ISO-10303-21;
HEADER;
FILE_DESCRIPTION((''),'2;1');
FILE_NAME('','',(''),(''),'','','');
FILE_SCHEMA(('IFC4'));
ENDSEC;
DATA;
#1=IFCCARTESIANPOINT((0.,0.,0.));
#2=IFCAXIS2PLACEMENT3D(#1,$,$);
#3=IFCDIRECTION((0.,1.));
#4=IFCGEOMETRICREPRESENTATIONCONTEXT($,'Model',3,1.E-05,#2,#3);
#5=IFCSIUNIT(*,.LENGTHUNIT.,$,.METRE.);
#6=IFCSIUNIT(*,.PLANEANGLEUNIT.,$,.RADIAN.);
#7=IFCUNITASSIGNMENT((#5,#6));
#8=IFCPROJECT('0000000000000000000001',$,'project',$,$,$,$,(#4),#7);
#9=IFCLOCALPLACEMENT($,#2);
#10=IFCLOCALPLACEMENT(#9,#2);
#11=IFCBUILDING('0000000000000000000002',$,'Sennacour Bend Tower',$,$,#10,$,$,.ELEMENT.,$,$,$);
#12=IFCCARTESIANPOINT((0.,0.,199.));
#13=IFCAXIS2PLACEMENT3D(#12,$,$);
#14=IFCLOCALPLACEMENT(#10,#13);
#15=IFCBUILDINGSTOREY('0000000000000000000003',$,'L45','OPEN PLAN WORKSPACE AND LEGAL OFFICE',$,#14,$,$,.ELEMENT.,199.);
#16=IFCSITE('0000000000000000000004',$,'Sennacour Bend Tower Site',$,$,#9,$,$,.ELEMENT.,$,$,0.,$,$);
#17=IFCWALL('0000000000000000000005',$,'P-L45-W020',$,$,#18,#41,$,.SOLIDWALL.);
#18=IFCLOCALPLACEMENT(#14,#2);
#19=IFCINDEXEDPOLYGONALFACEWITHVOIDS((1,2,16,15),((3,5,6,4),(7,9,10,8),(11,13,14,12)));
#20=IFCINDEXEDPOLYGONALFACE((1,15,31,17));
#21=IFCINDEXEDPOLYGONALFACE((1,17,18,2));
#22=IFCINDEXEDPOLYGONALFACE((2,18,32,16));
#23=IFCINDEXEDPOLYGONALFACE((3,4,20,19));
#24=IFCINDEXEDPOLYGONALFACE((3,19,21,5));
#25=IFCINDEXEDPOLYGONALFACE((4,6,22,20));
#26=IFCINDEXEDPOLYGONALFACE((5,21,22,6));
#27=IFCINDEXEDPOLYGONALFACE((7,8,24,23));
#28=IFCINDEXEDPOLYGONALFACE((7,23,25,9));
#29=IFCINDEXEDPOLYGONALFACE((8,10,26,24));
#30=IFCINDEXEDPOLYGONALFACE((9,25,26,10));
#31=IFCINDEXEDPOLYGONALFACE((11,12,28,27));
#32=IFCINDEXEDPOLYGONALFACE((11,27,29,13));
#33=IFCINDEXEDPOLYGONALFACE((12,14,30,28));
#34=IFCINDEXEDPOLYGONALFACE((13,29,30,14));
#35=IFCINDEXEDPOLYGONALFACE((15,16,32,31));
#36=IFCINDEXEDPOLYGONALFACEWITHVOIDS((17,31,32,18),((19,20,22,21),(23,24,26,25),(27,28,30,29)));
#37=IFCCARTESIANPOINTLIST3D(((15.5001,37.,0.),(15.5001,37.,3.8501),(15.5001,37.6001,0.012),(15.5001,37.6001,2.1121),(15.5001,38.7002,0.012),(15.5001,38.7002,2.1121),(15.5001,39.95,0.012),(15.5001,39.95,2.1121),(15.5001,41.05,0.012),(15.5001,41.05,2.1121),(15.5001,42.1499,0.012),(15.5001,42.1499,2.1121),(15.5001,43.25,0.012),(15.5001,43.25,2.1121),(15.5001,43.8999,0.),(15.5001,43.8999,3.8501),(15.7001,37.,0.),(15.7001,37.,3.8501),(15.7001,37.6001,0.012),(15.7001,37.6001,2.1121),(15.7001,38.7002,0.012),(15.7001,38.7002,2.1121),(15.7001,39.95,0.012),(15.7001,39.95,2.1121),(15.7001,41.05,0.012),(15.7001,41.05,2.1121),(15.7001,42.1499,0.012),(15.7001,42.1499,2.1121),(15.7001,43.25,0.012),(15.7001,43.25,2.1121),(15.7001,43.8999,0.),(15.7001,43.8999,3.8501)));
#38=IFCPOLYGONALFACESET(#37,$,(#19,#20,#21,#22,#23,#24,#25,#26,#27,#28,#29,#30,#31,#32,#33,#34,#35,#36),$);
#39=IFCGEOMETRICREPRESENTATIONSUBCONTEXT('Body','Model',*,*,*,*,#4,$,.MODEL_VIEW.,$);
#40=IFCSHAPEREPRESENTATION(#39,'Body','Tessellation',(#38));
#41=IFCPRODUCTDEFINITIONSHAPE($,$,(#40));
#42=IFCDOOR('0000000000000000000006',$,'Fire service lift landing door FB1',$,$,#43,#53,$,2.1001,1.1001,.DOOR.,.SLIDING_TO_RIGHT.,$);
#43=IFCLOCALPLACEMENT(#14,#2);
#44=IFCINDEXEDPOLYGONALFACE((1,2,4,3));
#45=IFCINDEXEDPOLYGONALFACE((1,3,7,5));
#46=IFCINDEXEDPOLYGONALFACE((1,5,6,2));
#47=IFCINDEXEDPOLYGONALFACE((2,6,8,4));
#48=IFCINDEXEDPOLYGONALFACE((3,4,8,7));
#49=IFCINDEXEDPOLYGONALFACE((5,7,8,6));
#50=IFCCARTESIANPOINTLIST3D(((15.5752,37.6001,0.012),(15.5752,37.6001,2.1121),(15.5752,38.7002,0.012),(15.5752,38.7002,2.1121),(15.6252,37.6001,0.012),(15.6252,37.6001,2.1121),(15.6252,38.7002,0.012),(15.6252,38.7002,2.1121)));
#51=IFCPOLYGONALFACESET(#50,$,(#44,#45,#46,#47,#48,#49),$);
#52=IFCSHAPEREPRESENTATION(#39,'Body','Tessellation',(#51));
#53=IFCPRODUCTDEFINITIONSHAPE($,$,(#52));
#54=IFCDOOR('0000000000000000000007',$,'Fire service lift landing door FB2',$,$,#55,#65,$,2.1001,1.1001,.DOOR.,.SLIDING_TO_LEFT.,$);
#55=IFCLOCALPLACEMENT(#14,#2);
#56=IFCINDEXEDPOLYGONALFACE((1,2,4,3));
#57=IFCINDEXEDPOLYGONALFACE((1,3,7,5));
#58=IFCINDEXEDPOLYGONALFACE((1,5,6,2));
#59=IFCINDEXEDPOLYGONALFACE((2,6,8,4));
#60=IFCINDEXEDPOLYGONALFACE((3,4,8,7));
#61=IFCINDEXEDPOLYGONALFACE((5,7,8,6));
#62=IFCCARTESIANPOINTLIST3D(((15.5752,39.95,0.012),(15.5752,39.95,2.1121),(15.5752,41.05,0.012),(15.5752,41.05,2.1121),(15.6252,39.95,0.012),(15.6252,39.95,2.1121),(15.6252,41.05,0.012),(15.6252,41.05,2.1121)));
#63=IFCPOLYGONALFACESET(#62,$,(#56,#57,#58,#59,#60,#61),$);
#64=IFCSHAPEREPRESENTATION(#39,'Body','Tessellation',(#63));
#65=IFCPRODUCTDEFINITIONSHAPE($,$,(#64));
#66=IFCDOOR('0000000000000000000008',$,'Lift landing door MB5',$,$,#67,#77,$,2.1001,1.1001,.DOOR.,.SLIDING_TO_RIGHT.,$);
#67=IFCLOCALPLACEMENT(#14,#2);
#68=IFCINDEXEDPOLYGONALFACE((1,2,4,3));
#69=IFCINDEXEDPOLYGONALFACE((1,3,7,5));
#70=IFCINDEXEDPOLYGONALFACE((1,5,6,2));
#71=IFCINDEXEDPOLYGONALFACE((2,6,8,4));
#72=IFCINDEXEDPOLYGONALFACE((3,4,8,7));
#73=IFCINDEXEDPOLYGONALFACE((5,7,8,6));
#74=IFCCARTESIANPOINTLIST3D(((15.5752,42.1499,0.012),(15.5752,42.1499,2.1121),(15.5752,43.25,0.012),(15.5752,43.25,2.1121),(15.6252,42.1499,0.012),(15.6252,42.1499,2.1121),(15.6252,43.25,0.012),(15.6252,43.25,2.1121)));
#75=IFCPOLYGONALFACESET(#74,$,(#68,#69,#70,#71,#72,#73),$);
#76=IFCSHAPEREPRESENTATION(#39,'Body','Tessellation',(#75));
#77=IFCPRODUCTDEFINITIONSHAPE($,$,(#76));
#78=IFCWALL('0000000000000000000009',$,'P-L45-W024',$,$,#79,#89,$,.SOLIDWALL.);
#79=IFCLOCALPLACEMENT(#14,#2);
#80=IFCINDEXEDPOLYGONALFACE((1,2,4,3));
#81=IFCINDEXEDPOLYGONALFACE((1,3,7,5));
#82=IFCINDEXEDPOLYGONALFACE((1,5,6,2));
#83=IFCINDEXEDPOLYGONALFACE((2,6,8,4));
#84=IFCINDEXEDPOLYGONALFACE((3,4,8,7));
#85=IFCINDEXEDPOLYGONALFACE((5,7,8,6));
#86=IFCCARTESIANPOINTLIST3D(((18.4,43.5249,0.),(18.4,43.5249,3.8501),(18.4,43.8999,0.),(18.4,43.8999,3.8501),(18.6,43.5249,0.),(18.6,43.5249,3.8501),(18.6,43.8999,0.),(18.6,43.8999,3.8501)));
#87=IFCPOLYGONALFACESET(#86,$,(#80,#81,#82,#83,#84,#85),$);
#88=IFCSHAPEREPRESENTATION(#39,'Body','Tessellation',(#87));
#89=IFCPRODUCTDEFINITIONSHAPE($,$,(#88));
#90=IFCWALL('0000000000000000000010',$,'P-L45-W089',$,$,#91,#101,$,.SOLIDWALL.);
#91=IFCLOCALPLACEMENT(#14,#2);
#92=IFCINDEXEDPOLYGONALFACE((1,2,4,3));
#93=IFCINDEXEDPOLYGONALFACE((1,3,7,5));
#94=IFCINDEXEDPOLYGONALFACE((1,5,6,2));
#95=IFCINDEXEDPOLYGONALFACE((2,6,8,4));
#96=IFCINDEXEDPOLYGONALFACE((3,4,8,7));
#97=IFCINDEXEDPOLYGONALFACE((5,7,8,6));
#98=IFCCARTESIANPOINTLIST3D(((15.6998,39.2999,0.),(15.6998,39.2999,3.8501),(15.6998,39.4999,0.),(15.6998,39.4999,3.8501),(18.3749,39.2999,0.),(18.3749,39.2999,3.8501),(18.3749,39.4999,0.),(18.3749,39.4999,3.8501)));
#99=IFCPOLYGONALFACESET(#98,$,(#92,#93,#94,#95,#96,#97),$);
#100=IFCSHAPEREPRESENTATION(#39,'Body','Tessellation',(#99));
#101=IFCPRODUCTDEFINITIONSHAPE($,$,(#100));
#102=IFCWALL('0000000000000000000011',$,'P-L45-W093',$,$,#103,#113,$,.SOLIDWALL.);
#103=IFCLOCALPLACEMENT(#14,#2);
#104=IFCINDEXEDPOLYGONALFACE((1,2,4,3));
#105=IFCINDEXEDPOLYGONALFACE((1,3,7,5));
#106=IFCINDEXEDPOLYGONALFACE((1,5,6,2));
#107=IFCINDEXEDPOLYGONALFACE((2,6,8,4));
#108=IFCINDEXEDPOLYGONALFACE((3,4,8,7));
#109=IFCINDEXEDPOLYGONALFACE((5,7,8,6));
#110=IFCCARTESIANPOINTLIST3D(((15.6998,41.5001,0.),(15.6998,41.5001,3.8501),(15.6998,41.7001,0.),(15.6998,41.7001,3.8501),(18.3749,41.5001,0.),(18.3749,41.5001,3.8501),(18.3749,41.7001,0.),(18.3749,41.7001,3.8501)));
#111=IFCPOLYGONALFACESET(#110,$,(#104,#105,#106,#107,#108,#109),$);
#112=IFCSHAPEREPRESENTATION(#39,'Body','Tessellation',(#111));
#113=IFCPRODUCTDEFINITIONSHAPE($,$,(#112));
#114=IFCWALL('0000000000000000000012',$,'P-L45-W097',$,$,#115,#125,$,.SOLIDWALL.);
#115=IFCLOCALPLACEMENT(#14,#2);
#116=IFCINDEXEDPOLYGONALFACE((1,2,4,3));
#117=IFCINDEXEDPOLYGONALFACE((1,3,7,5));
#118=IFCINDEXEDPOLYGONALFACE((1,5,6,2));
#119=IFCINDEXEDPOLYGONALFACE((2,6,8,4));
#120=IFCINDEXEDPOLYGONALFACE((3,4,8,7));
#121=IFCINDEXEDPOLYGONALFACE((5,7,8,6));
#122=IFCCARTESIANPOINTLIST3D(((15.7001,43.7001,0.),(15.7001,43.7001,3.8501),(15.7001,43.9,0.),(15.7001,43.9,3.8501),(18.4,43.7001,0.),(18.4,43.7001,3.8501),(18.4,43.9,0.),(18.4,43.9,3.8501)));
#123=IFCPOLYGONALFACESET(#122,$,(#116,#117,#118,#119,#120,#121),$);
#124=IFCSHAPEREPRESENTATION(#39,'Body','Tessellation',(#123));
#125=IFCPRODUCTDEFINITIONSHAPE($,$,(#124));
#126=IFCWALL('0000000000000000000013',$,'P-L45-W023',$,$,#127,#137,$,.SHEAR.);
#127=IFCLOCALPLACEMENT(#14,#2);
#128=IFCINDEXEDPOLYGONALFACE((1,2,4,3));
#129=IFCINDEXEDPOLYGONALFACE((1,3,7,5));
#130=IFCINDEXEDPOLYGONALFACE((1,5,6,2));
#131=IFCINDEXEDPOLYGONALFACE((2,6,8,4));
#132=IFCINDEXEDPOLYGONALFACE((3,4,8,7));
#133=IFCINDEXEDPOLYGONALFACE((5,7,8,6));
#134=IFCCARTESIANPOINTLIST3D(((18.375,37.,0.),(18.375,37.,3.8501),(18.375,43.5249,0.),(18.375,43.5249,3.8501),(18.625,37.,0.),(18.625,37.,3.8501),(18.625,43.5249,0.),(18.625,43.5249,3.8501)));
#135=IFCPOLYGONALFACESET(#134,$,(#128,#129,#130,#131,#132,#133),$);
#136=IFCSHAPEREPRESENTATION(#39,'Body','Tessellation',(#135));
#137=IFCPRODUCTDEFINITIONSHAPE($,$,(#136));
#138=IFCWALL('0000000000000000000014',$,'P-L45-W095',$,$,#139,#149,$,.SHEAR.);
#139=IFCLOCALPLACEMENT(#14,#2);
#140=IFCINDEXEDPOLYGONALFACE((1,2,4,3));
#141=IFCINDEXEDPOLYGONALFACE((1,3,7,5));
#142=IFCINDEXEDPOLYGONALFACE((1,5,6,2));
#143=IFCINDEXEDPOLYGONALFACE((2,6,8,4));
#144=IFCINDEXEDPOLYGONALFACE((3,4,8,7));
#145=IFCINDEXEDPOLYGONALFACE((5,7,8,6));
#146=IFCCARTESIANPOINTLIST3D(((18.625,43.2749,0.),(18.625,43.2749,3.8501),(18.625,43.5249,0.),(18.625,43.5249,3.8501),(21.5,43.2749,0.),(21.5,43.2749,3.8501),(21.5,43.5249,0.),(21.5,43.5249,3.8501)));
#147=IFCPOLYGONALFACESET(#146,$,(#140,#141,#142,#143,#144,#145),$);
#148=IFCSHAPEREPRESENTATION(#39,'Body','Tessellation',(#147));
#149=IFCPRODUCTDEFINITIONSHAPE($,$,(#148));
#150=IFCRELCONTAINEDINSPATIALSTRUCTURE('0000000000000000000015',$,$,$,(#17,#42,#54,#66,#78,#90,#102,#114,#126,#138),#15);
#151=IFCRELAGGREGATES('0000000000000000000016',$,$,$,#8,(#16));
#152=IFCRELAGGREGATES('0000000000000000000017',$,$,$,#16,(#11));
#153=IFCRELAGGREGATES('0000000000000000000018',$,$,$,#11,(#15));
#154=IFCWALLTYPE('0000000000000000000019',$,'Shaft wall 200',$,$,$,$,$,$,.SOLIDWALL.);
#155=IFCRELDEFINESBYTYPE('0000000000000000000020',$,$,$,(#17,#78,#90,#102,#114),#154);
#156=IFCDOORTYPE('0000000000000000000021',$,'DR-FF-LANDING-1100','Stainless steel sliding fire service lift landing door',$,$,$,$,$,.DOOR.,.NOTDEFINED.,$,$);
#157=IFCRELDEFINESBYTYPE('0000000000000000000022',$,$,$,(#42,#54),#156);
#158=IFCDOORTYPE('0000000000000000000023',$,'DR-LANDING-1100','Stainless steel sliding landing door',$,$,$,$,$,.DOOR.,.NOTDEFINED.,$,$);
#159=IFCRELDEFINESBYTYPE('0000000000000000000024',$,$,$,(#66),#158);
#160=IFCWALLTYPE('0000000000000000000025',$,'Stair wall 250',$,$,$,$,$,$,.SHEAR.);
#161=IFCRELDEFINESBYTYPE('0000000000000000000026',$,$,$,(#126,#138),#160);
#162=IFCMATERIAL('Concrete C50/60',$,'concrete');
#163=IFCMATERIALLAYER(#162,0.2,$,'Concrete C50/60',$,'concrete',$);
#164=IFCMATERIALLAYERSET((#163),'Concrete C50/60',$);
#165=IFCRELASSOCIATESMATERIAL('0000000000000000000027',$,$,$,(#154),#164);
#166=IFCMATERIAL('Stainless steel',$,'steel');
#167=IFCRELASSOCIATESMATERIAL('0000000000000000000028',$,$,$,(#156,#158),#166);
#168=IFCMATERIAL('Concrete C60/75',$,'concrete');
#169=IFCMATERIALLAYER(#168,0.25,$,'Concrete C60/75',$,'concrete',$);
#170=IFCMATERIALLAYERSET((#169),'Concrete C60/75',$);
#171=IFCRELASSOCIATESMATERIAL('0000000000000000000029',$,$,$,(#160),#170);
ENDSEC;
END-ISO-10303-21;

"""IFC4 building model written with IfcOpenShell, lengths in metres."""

from ifc_helpers import new_model, si_unit, direction, frame, frame_2d, origin, place, context, subcontext, project, spatial, rectangle, extrude, material, layer, layer_set, type_object, element, fill, save


model = new_model("IFC4")

# Units and contexts
model_context = context("Model", 3, precision=1e-05, world=origin(), true_north=direction((0.0, 1.0)))
body_context = subcontext(model_context, "Body", "Model", "MODEL_VIEW")
ifc_project = project(units=[si_unit("LENGTHUNIT", "METRE"), si_unit("PLANEANGLEUNIT", "RADIAN")], contexts=[model_context])

# Site, building, storey
site_placement = place(None, origin())
site = spatial("IfcSite", under=ifc_project, at=site_placement, Name="Sennacour Bend Tower Site", CompositionType="ELEMENT", RefElevation=0.0)
building_placement = place(site_placement, origin())
building = spatial("IfcBuilding", under=site, at=building_placement, Name="Sennacour Bend Tower", CompositionType="ELEMENT")
storey_placement = place(building_placement, frame((0.0, 0.0, 199.0)))
storey = spatial("IfcBuildingStorey", under=building, at=storey_placement, Name="L45", Description="OPEN PLAN WORKSPACE AND LEGAL OFFICE", CompositionType="ELEMENT", Elevation=199.0)

# Shared definitions
ifc_material_1 = material(Name="Concrete C60/75", Category="concrete")

# Wall, openings, doors
ifc_material_2 = material(Name="Concrete C50/60", Category="concrete")
ifc_layer_1 = layer(ifc_material_2, 0.2, Name="Concrete C50/60", Category="concrete")
ifc_layer_set_1 = layer_set([ifc_layer_1], Name="Concrete C50/60")
wall_type_1 = type_object("IfcWallType", Name="Shaft wall 200", PredefinedType="SOLIDWALL", material=ifc_layer_set_1)
wall_1_placement = place(storey_placement, frame((15.6001, 37.0, 0.0), z_axis=(0.0, 0.0, 1.0), x_axis=(0.0, 1.0, 0.0)))
wall_1 = element("IfcWall", 1, at=wall_1_placement, inside=storey, type_object=wall_type_1, Name="P-L45-W020", PredefinedType="SOLIDWALL", context=body_context, shape_type="SweptSolid", body=[
    extrude(rectangle(XDim=6.8999, YDim=0.2, at=frame_2d((3.45, 0.0))), origin(), (0.0, 0.0, 1.0), 3.8501),
])
opening_1_placement = place(wall_1_placement, frame((0.6001, 0.0, 0.012)))
opening_1 = element("IfcOpeningElement", 2, at=opening_1_placement, cuts=wall_1, PredefinedType="OPENING", context=body_context, shape_type="SweptSolid", body=[
    extrude(rectangle(XDim=1.1001, YDim=2.1001, at=frame_2d((0.55, 1.05))), frame((0.0, 0.1099, 0.0), z_axis=(0.0, -1.0, 0.0), x_axis=(1.0, 0.0, 0.0)), (0.0, 0.0, 1.0), 0.22),
])
opening_2_placement = place(wall_1_placement, frame((2.95, 0.0, 0.012)))
opening_2 = element("IfcOpeningElement", 3, at=opening_2_placement, cuts=wall_1, PredefinedType="OPENING", context=body_context, shape_type="SweptSolid", body=[
    extrude(rectangle(XDim=1.1001, YDim=2.1001, at=frame_2d((0.55, 1.05))), frame((0.0, 0.1099, 0.0), z_axis=(0.0, -1.0, 0.0), x_axis=(1.0, 0.0, 0.0)), (0.0, 0.0, 1.0), 0.22),
])
opening_3_placement = place(wall_1_placement, frame((5.1499, 0.0, 0.012)))
opening_3 = element("IfcOpeningElement", 4, at=opening_3_placement, cuts=wall_1, PredefinedType="OPENING", context=body_context, shape_type="SweptSolid", body=[
    extrude(rectangle(XDim=1.1001, YDim=2.1001, at=frame_2d((0.55, 1.05))), frame((0.0, 0.1099, 0.0), z_axis=(0.0, -1.0, 0.0), x_axis=(1.0, 0.0, 0.0)), (0.0, 0.0, 1.0), 0.22),
])
ifc_material_3 = material(Name="Stainless steel", Category="steel")
door_type_1 = type_object("IfcDoorType", Name="DR-FF-LANDING-1100", Description="Stainless steel sliding fire service lift landing door", OperationType="NOTDEFINED", PredefinedType="DOOR", material=ifc_material_3)
door_1_placement = place(opening_1_placement, origin())
door_1 = element("IfcDoor", 5, at=door_1_placement, inside=storey, type_object=door_type_1, Name="Fire service lift landing door FB1", OperationType="SLIDING_TO_RIGHT", OverallHeight=2.1001, OverallWidth=1.1001, PredefinedType="DOOR", context=body_context, shape_type="SweptSolid", body=[
    extrude(rectangle(XDim=1.1001, YDim=2.1001, at=frame_2d((0.55, 1.05))), frame((0.0, 0.0249, 0.0), z_axis=(0.0, -1.0, 0.0), x_axis=(1.0, 0.0, 0.0)), (0.0, 0.0, 1.0), 0.05),
])
fill(opening_1, door_1)
door_2_placement = place(opening_2_placement, origin())
door_2 = element("IfcDoor", 6, at=door_2_placement, inside=storey, type_object=door_type_1, Name="Fire service lift landing door FB2", OperationType="SLIDING_TO_LEFT", OverallHeight=2.1001, OverallWidth=1.1001, PredefinedType="DOOR", context=body_context, shape_type="SweptSolid", body=[
    extrude(rectangle(XDim=1.1001, YDim=2.1001, at=frame_2d((0.55, 1.05))), frame((0.0, 0.0249, 0.0), z_axis=(0.0, -1.0, 0.0), x_axis=(1.0, 0.0, 0.0)), (0.0, 0.0, 1.0), 0.05),
])
fill(opening_2, door_2)
door_type_2 = type_object("IfcDoorType", Name="DR-LANDING-1100", Description="Stainless steel sliding landing door", OperationType="NOTDEFINED", PredefinedType="DOOR", material=ifc_material_3)
door_3_placement = place(opening_3_placement, origin())
door_3 = element("IfcDoor", 7, at=door_3_placement, inside=storey, type_object=door_type_2, Name="Lift landing door MB5", OperationType="SLIDING_TO_RIGHT", OverallHeight=2.1001, OverallWidth=1.1001, PredefinedType="DOOR", context=body_context, shape_type="SweptSolid", body=[
    extrude(rectangle(XDim=1.1001, YDim=2.1001, at=frame_2d((0.55, 1.05))), frame((0.0, 0.0249, 0.0), z_axis=(0.0, -1.0, 0.0), x_axis=(1.0, 0.0, 0.0)), (0.0, 0.0, 1.0), 0.05),
])
fill(opening_3, door_3)

# Walls
wall_2_placement = place(storey_placement, frame((18.5, 43.5249, 0.0), z_axis=(0.0, 0.0, 1.0), x_axis=(0.0, 1.0, 0.0)))
element("IfcWall", 8, at=wall_2_placement, inside=storey, type_object=wall_type_1, Name="P-L45-W024", PredefinedType="SOLIDWALL", context=body_context, shape_type="SweptSolid", body=[
    extrude(rectangle(XDim=0.375, YDim=0.2, at=frame_2d((0.1875, 0.0))), origin(), (0.0, 0.0, 1.0), 3.8501),
])
for number, where, z_axis, x_axis, name in (
    (9, (15.7, 39.3999, 0.0), (0.0, 0.0, 1.0), (1.0, 0.0, 0.0), "P-L45-W089"),
    (10, (15.7, 41.6001, 0.0), (0.0, 0.0, 1.0), (1.0, 0.0, 0.0), "P-L45-W093"),
):
    element("IfcWall", number, at=place(storey_placement, frame(where, z_axis=z_axis, x_axis=x_axis)), inside=storey, type_object=wall_type_1, Name=name, PredefinedType="SOLIDWALL", context=body_context, shape_type="SweptSolid", body=[
        extrude(rectangle(XDim=2.675, YDim=0.2, at=frame_2d((1.3374, 0.0))), origin(), (0.0, 0.0, 1.0), 3.8501),
    ])
wall_3_placement = place(storey_placement, frame((15.7, 43.8, 0.0), z_axis=(0.0, 0.0, 1.0), x_axis=(1.0, 0.0, 0.0)))
element("IfcWall", 11, at=wall_3_placement, inside=storey, type_object=wall_type_1, Name="P-L45-W097", PredefinedType="SOLIDWALL", context=body_context, shape_type="SweptSolid", body=[
    extrude(rectangle(XDim=2.7, YDim=0.2, at=frame_2d((1.3501, 0.0))), origin(), (0.0, 0.0, 1.0), 3.8501),
])
ifc_layer_2 = layer(ifc_material_1, 0.25, Name="Concrete C60/75", Category="concrete")
ifc_layer_set_2 = layer_set([ifc_layer_2], Name="Concrete C60/75")
wall_type_2 = type_object("IfcWallType", Name="Stair wall 250", PredefinedType="SHEAR", material=ifc_layer_set_2)
wall_4_placement = place(storey_placement, frame((18.5, 37.0, 0.0), z_axis=(0.0, 0.0, 1.0), x_axis=(0.0, 1.0, 0.0)))
element("IfcWall", 12, at=wall_4_placement, inside=storey, type_object=wall_type_2, Name="P-L45-W023", PredefinedType="SHEAR", context=body_context, shape_type="SweptSolid", body=[
    extrude(rectangle(XDim=6.5249, YDim=0.25, at=frame_2d((3.2625, 0.0))), origin(), (0.0, 0.0, 1.0), 3.8501),
])
wall_5_placement = place(storey_placement, frame((18.625, 43.3999, 0.0), z_axis=(0.0, 0.0, 1.0), x_axis=(1.0, 0.0, 0.0)))
element("IfcWall", 13, at=wall_5_placement, inside=storey, type_object=wall_type_2, Name="P-L45-W095", PredefinedType="SHEAR", context=body_context, shape_type="SweptSolid", body=[
    extrude(rectangle(XDim=2.875, YDim=0.25, at=frame_2d((1.4375, 0.0))), origin(), (0.0, 0.0, 1.0), 3.8501),
])

save(model, "model.ifc")
